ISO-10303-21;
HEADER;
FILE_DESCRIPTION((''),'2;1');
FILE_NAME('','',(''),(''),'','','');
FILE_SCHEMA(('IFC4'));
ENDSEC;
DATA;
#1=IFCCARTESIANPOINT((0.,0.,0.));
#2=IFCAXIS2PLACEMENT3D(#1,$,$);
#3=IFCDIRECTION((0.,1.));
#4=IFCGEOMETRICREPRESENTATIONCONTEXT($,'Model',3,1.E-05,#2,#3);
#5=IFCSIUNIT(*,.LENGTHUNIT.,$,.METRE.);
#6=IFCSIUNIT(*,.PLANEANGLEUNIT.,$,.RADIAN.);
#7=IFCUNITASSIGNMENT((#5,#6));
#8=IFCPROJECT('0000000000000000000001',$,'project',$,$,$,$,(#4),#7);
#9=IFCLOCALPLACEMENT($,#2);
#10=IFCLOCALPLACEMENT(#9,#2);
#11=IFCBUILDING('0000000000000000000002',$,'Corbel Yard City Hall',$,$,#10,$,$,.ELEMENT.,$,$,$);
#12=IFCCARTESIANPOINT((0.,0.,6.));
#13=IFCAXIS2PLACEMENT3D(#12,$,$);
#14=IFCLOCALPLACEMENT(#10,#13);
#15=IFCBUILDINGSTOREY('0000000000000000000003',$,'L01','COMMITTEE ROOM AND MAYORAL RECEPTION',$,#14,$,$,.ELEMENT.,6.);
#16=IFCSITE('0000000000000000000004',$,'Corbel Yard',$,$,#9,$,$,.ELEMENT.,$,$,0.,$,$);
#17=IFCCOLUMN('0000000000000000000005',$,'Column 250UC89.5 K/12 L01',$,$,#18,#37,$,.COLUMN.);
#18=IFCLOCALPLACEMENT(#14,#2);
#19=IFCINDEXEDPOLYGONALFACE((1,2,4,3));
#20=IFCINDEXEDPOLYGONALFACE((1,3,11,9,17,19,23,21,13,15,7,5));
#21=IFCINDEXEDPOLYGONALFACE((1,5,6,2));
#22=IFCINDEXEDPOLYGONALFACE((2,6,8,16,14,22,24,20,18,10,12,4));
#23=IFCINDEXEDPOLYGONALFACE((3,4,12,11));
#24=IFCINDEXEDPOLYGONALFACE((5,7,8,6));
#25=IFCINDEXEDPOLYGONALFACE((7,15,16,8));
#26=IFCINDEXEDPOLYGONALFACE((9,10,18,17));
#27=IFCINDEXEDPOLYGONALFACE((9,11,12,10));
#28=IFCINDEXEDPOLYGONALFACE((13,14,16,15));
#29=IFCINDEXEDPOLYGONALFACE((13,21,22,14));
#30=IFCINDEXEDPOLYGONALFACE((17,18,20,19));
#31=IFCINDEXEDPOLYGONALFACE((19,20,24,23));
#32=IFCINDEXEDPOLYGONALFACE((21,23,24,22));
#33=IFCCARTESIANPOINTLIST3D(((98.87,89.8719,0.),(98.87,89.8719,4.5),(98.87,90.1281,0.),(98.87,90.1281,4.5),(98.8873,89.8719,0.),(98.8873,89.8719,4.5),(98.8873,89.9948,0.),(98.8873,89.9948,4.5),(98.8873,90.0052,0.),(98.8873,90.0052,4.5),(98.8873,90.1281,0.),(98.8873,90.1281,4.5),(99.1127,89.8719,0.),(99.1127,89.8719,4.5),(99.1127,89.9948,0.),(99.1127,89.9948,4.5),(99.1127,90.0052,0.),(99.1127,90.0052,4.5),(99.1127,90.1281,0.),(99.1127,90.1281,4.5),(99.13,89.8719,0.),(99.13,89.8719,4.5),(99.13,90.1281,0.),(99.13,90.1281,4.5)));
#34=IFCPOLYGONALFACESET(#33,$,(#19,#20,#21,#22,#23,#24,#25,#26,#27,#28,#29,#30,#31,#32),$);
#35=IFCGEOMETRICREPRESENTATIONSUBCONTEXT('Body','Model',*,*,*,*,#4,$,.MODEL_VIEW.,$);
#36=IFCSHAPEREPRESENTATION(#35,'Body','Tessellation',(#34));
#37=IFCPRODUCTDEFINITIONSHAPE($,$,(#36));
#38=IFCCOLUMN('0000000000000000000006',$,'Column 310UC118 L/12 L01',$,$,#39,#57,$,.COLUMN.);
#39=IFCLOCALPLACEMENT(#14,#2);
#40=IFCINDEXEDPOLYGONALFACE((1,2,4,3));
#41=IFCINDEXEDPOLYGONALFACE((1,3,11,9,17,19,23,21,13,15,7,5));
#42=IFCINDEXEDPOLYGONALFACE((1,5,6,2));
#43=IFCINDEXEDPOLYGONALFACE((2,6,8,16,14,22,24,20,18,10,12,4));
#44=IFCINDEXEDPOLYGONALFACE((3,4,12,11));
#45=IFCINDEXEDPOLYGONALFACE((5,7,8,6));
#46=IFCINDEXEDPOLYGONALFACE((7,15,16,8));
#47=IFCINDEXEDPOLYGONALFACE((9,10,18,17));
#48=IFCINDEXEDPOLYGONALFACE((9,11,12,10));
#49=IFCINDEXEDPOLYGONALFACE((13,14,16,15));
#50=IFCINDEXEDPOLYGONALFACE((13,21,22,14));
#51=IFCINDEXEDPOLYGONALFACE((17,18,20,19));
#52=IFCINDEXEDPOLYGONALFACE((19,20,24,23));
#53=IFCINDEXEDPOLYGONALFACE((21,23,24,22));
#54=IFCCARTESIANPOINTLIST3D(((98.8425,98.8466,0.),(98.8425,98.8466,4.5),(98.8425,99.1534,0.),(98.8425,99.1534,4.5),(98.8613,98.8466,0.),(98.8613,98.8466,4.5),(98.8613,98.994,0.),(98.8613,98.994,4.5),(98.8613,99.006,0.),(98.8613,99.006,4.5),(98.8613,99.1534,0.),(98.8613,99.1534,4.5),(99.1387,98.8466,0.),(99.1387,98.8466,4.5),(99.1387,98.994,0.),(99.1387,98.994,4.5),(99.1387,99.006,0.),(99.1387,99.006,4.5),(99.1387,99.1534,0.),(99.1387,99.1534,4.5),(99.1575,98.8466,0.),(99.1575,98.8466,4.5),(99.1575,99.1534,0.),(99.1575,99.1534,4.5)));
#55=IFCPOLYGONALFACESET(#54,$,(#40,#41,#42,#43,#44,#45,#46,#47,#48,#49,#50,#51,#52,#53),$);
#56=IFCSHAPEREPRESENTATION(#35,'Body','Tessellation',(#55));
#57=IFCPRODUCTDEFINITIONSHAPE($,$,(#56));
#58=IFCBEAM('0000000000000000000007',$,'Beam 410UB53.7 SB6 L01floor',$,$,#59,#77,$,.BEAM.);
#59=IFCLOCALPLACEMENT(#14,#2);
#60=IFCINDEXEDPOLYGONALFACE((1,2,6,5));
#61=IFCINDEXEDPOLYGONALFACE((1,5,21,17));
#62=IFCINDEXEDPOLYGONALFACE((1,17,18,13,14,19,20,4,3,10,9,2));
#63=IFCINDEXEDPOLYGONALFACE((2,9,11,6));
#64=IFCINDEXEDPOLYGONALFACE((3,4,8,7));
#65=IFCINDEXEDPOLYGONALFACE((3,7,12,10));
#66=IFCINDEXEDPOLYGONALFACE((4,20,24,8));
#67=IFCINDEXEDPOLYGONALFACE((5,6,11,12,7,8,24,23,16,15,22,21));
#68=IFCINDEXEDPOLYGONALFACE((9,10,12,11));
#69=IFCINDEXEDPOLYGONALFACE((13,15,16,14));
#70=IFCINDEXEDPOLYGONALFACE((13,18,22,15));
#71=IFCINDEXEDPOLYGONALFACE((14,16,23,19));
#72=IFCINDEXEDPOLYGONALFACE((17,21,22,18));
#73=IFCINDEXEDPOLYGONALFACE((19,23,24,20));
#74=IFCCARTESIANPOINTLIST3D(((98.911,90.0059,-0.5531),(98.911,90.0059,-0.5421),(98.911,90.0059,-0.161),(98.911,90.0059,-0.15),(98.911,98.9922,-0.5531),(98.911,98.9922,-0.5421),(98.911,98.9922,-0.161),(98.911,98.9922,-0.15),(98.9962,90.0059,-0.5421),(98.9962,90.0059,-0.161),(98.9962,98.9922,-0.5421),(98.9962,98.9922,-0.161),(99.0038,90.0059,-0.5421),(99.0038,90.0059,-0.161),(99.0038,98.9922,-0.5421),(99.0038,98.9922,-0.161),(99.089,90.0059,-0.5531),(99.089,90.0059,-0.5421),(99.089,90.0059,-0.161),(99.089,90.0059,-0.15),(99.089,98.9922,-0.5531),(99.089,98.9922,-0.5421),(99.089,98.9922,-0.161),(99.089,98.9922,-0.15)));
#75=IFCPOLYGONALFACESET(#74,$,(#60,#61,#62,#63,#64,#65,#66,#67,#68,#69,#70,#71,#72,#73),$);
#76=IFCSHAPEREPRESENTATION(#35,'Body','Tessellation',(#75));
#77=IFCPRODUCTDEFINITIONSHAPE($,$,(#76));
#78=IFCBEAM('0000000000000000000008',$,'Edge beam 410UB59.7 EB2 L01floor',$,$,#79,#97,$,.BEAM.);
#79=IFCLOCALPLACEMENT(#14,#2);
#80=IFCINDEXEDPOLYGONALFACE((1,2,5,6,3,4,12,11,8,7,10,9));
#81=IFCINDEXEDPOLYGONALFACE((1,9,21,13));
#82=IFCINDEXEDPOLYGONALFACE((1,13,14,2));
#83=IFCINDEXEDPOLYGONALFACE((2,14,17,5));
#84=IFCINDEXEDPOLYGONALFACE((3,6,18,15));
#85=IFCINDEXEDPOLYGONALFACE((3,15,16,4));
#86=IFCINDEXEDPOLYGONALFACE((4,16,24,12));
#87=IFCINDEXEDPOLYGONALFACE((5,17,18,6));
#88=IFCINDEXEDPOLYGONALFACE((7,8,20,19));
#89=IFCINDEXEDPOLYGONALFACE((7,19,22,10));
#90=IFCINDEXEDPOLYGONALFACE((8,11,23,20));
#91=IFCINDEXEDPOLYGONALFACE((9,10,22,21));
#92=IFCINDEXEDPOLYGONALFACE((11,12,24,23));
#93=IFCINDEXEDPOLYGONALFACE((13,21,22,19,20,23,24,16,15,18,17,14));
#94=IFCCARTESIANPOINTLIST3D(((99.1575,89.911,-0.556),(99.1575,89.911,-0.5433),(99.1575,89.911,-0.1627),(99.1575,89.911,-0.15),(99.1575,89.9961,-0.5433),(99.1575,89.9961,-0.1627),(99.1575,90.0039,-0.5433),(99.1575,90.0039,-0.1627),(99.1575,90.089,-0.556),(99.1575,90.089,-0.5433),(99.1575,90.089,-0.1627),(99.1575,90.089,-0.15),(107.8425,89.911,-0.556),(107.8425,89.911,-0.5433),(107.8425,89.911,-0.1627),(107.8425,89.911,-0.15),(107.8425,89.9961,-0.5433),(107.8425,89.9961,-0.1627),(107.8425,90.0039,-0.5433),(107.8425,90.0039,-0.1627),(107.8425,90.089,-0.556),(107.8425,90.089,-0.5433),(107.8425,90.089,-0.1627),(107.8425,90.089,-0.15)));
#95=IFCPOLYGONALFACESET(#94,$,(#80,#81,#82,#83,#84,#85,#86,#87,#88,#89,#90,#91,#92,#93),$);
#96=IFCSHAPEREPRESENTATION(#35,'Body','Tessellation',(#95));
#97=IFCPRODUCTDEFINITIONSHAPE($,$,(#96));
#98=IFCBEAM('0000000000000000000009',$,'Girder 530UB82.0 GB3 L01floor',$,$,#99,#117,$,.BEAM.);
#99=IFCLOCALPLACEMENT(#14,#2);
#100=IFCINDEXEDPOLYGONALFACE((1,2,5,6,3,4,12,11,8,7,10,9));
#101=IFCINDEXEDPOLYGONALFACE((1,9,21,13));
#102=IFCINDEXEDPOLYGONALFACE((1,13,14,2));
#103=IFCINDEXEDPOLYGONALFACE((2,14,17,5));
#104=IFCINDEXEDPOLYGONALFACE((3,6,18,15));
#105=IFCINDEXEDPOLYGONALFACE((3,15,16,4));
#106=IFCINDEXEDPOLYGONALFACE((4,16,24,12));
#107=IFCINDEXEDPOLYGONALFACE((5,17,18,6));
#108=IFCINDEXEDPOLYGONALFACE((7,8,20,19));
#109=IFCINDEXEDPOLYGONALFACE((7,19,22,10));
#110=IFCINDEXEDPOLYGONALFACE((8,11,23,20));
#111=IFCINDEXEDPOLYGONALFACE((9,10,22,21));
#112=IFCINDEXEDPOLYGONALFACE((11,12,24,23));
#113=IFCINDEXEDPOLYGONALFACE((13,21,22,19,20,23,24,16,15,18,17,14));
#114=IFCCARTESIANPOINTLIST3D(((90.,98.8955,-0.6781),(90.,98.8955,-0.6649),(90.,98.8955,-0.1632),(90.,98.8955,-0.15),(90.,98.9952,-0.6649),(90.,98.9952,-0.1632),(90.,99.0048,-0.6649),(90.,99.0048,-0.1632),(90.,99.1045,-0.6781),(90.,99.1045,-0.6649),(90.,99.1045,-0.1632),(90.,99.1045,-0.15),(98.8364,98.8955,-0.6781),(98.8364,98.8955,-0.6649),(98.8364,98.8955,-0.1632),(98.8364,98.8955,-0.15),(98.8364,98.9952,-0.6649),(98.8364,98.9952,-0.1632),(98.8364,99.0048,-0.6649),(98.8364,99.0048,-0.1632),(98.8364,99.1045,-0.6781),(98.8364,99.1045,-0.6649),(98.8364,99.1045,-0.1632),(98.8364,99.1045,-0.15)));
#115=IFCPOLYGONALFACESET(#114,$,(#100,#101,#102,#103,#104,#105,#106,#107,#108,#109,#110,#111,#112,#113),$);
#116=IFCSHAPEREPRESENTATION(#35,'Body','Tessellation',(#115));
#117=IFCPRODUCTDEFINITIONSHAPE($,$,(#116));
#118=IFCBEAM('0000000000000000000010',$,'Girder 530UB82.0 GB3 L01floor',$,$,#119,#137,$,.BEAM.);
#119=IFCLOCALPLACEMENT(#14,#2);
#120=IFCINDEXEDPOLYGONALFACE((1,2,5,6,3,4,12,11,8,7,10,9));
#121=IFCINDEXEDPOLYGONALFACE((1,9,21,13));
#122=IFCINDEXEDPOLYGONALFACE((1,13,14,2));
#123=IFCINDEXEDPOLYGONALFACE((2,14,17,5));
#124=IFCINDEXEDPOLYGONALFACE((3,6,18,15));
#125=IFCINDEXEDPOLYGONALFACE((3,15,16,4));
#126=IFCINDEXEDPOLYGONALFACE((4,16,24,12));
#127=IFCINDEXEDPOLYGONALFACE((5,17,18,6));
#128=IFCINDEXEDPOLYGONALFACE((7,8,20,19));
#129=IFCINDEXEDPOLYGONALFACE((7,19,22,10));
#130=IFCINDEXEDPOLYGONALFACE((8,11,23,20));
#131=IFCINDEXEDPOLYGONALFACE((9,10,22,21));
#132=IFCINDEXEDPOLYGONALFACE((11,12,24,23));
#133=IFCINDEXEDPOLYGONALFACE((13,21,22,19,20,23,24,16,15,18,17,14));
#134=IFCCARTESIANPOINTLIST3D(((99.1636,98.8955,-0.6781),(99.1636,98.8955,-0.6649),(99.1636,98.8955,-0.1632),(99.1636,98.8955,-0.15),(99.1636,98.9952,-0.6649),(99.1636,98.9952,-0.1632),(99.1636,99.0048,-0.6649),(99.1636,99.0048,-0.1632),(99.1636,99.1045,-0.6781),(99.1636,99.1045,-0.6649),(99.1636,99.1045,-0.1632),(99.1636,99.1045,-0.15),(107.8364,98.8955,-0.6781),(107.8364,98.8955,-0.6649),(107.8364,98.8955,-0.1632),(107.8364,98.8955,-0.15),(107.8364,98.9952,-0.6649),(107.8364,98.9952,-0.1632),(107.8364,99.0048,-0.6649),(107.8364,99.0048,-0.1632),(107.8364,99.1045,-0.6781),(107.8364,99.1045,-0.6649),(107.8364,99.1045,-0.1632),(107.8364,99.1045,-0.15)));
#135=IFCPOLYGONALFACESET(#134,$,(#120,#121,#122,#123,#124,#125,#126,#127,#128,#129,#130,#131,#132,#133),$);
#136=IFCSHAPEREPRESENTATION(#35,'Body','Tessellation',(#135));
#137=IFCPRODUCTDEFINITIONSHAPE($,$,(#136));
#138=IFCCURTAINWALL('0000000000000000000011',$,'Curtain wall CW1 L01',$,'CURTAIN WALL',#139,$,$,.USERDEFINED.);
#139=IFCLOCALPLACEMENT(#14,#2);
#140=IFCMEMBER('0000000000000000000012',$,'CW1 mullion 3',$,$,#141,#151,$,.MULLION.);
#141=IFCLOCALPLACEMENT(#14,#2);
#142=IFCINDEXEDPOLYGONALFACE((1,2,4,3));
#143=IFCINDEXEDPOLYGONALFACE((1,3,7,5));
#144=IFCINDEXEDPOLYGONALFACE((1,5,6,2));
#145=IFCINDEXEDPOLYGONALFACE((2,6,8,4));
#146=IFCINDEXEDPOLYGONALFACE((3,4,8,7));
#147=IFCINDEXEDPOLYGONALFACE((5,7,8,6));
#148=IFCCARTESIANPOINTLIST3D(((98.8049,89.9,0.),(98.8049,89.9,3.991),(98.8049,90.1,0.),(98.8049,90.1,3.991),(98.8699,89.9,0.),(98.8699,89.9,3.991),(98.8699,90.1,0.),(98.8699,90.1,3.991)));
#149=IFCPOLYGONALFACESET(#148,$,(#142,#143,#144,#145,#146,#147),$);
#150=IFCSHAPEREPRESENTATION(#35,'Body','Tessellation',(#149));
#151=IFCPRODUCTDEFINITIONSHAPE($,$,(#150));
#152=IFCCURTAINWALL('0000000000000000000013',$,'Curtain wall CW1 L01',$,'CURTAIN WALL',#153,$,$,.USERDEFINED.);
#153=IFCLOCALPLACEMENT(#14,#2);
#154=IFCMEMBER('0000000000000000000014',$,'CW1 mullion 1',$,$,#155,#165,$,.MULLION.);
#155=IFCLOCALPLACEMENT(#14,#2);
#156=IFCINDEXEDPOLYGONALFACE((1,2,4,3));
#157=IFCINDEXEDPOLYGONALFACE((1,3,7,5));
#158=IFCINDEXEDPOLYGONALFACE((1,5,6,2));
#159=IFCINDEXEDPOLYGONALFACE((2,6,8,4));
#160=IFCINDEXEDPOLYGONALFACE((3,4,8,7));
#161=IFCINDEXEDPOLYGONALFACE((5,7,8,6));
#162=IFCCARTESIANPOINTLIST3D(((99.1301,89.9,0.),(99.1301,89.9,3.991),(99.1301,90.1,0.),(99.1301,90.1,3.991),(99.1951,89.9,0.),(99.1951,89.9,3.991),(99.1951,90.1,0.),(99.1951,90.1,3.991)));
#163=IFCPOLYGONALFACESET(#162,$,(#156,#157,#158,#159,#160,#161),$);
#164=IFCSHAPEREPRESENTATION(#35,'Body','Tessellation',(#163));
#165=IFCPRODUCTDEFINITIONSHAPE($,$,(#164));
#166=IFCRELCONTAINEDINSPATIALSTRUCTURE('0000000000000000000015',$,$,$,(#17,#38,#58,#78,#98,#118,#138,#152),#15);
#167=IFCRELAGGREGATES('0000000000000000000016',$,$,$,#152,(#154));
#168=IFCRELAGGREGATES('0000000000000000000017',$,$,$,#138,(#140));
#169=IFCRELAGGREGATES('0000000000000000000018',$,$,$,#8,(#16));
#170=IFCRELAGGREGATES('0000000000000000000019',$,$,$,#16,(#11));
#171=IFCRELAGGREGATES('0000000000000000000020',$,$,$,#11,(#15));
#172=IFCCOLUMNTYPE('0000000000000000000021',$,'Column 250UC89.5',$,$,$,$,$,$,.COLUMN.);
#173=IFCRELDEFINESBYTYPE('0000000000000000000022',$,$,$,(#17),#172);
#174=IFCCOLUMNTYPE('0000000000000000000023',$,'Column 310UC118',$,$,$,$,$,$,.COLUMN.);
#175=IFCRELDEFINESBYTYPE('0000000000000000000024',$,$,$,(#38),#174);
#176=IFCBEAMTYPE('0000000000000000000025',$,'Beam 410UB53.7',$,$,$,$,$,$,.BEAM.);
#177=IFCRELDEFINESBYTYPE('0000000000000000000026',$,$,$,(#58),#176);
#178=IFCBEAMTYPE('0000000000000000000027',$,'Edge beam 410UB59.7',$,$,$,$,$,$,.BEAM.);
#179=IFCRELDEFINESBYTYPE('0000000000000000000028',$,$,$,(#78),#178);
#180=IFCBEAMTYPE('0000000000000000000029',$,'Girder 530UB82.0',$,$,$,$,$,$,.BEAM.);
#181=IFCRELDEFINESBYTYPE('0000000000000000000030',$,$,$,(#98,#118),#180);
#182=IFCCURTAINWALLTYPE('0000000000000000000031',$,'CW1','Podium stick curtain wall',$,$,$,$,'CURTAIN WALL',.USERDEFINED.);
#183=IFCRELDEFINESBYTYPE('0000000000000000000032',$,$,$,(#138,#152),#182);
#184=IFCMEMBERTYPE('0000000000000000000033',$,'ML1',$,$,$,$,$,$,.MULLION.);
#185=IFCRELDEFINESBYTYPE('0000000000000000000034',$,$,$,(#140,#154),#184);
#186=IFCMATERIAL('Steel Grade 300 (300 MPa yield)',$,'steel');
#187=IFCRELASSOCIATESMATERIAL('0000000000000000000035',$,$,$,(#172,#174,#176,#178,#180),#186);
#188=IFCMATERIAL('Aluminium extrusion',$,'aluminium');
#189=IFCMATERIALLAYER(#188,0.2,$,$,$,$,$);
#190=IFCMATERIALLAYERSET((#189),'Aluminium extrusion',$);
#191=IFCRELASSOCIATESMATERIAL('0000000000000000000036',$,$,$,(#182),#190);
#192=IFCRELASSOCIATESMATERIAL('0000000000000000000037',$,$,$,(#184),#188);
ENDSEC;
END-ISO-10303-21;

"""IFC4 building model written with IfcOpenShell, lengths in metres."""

from ifc_helpers import new_model, si_unit, direction, frame, origin, origin_2d, place, context, subcontext, project, spatial, rectangle, i_section, extrude, material, layer, layer_set, material_profile, profile_set, type_object, element, aggregate, save


model = new_model("IFC4")

# Units and contexts
model_context = context("Model", 3, precision=1e-05, world=origin(), true_north=direction((0.0, 1.0)))
body_context = subcontext(model_context, "Body", "Model", "MODEL_VIEW")
ifc_project = project(units=[si_unit("LENGTHUNIT", "METRE"), si_unit("PLANEANGLEUNIT", "RADIAN")], contexts=[model_context])

# Site, building, storey
site_placement = place(None, origin())
site = spatial("IfcSite", under=ifc_project, at=site_placement, Name="Corbel Yard", CompositionType="ELEMENT", RefElevation=0.0)
building_placement = place(site_placement, origin())
building = spatial("IfcBuilding", under=site, at=building_placement, Name="Corbel Yard City Hall", CompositionType="ELEMENT")
storey_placement = place(building_placement, frame((0.0, 0.0, 6.0)))
storey = spatial("IfcBuildingStorey", under=building, at=storey_placement, Name="L01", Description="COMMITTEE ROOM AND MAYORAL RECEPTION", CompositionType="ELEMENT", Elevation=6.0)

# Columns
ifc_material_1 = material(Name="Steel Grade 300 (300 MPa yield)", Category="steel")
ifc_material_profile_1 = material_profile(ifc_material_1, i_section(OverallWidth=0.2561, OverallDepth=0.26, WebThickness=0.0105, FlangeThickness=0.0173, at=origin_2d()), Name="250UC89.5")
ifc_profile_set_1 = profile_set([ifc_material_profile_1], Name="Steel Grade 300 (300 MPa yield)")
column_type_1 = type_object("IfcColumnType", Name="Column 250UC89.5", PredefinedType="COLUMN", material=ifc_profile_set_1)
column_1_placement = place(storey_placement, frame((99.0, 90.0, 0.0), z_axis=(0.0, 0.0, 1.0), x_axis=(0.0, 1.0, 0.0)))
element("IfcColumn", 1, at=column_1_placement, inside=storey, type_object=column_type_1, Name="Column 250UC89.5 K/12 L01", PredefinedType="COLUMN", context=body_context, shape_type="SweptSolid", body=[
    extrude(i_section(OverallWidth=0.2561, OverallDepth=0.26, WebThickness=0.0105, FlangeThickness=0.0173, at=origin_2d()), origin(), (0.0, 0.0, 1.0), 4.5),
])
ifc_material_profile_2 = material_profile(ifc_material_1, i_section(OverallWidth=0.3069, OverallDepth=0.3149, WebThickness=0.012, FlangeThickness=0.0188, at=origin_2d()), Name="310UC118")
ifc_profile_set_2 = profile_set([ifc_material_profile_2], Name="Steel Grade 300 (300 MPa yield)")
column_type_2 = type_object("IfcColumnType", Name="Column 310UC118", PredefinedType="COLUMN", material=ifc_profile_set_2)
column_2_placement = place(storey_placement, frame((99.0, 99.0, 0.0), z_axis=(0.0, 0.0, 1.0), x_axis=(0.0, 1.0, 0.0)))
element("IfcColumn", 2, at=column_2_placement, inside=storey, type_object=column_type_2, Name="Column 310UC118 L/12 L01", PredefinedType="COLUMN", context=body_context, shape_type="SweptSolid", body=[
    extrude(i_section(OverallWidth=0.3069, OverallDepth=0.3149, WebThickness=0.012, FlangeThickness=0.0188, at=origin_2d()), origin(), (0.0, 0.0, 1.0), 4.5),
])

# Beams
ifc_material_profile_3 = material_profile(ifc_material_1, i_section(OverallWidth=0.178, OverallDepth=0.4031, WebThickness=0.0076, FlangeThickness=0.011, at=origin_2d()), Name="410UB53.7")
ifc_profile_set_3 = profile_set([ifc_material_profile_3], Name="Steel Grade 300 (300 MPa yield)")
beam_type_1 = type_object("IfcBeamType", Name="Beam 410UB53.7", PredefinedType="BEAM", material=ifc_profile_set_3)
beam_1_placement = place(storey_placement, frame((99.0, 90.0059, -0.3516), z_axis=(0.0, 1.0, 0.0), x_axis=(-1.0, 0.0, 0.0)))
element("IfcBeam", 3, at=beam_1_placement, inside=storey, type_object=beam_type_1, Name="Beam 410UB53.7 SB6 L01floor", PredefinedType="BEAM", context=body_context, shape_type="SweptSolid", body=[
    extrude(i_section(OverallWidth=0.178, OverallDepth=0.4031, WebThickness=0.0076, FlangeThickness=0.011, at=origin_2d()), origin(), (0.0, 0.0, 1.0), 8.9863),
])
ifc_material_profile_4 = material_profile(ifc_material_1, i_section(OverallWidth=0.178, OverallDepth=0.406, WebThickness=0.0078, FlangeThickness=0.0127, at=origin_2d()), Name="410UB59.7")
ifc_profile_set_4 = profile_set([ifc_material_profile_4], Name="Steel Grade 300 (300 MPa yield)")
beam_type_2 = type_object("IfcBeamType", Name="Edge beam 410UB59.7", PredefinedType="BEAM", material=ifc_profile_set_4)
beam_2_placement = place(storey_placement, frame((99.1575, 90.0, -0.353), z_axis=(1.0, 0.0, 0.0), x_axis=(0.0, 1.0, 0.0)))
element("IfcBeam", 4, at=beam_2_placement, inside=storey, type_object=beam_type_2, Name="Edge beam 410UB59.7 EB2 L01floor", PredefinedType="BEAM", context=body_context, shape_type="SweptSolid", body=[
    extrude(i_section(OverallWidth=0.178, OverallDepth=0.406, WebThickness=0.0078, FlangeThickness=0.0127, at=origin_2d()), origin(), (0.0, 0.0, 1.0), 8.6851),
])
ifc_material_profile_5 = material_profile(ifc_material_1, i_section(OverallWidth=0.209, OverallDepth=0.5281, WebThickness=0.0095, FlangeThickness=0.0132, at=origin_2d()), Name="530UB82.0")
ifc_profile_set_5 = profile_set([ifc_material_profile_5], Name="Steel Grade 300 (300 MPa yield)")
beam_type_3 = type_object("IfcBeamType", Name="Girder 530UB82.0", PredefinedType="BEAM", material=ifc_profile_set_5)
beam_3_placement = place(storey_placement, frame((90.0, 99.0, -0.4141), z_axis=(1.0, 0.0, 0.0), x_axis=(0.0, 1.0, 0.0)))
element("IfcBeam", 5, at=beam_3_placement, inside=storey, type_object=beam_type_3, Name="Girder 530UB82.0 GB3 L01floor", PredefinedType="BEAM", context=body_context, shape_type="SweptSolid", body=[
    extrude(i_section(OverallWidth=0.209, OverallDepth=0.5281, WebThickness=0.0095, FlangeThickness=0.0132, at=origin_2d()), origin(), (0.0, 0.0, 1.0), 8.8364),
])
beam_4_placement = place(storey_placement, frame((99.1636, 99.0, -0.4141), z_axis=(1.0, 0.0, 0.0), x_axis=(0.0, 1.0, 0.0)))
element("IfcBeam", 6, at=beam_4_placement, inside=storey, type_object=beam_type_3, Name="Girder 530UB82.0 GB3 L01floor", PredefinedType="BEAM", context=body_context, shape_type="SweptSolid", body=[
    extrude(i_section(OverallWidth=0.209, OverallDepth=0.5281, WebThickness=0.0095, FlangeThickness=0.0132, at=origin_2d()), origin(), (0.0, 0.0, 1.0), 8.6729),
])

# Curtain walls, members
ifc_material_2 = material(Name="Aluminium extrusion", Category="aluminium")
ifc_layer_1 = layer(ifc_material_2, 0.2)
ifc_layer_set_1 = layer_set([ifc_layer_1], Name="Aluminium extrusion")
curtain_wall_type = type_object("IfcCurtainWallType", Name="CW1", Description="Podium stick curtain wall", ElementType="CURTAIN WALL", PredefinedType="USERDEFINED", material=ifc_layer_set_1)
curtain_wall_1_placement = place(storey_placement, origin())
curtain_wall_1 = element("IfcCurtainWall", 7, at=curtain_wall_1_placement, inside=storey, type_object=curtain_wall_type, Name="Curtain wall CW1 L01", ObjectType="CURTAIN WALL", PredefinedType="USERDEFINED")
ifc_material_profile_6 = material_profile(ifc_material_2, rectangle(XDim=0.2, YDim=0.0649, at=origin_2d()), Name="200x65")
ifc_profile_set_6 = profile_set([ifc_material_profile_6], Name="Aluminium extrusion")
member_type_1 = type_object("IfcMemberType", Name="ML1", PredefinedType="MULLION", material=ifc_profile_set_6)
member_1_placement = place(storey_placement, frame((98.8374, 90.0, 0.0), z_axis=(0.0, 0.0, 1.0), x_axis=(0.0, 1.0, 0.0)))
member_1 = element("IfcMember", 8, at=member_1_placement, type_object=member_type_1, Name="CW1 mullion 3", PredefinedType="MULLION", context=body_context, shape_type="SweptSolid", body=[
    extrude(rectangle(XDim=0.2, YDim=0.0649, at=origin_2d()), origin(), (0.0, 0.0, 1.0), 3.991),
])
curtain_wall_2_placement = place(storey_placement, origin())
curtain_wall_2 = element("IfcCurtainWall", 9, at=curtain_wall_2_placement, inside=storey, type_object=curtain_wall_type, Name="Curtain wall CW1 L01", ObjectType="CURTAIN WALL", PredefinedType="USERDEFINED")
member_2_placement = place(storey_placement, frame((99.1626, 90.0, 0.0), z_axis=(0.0, 0.0, 1.0), x_axis=(0.0, 1.0, 0.0)))
member_2 = element("IfcMember", 10, at=member_2_placement, type_object=member_type_1, Name="CW1 mullion 1", PredefinedType="MULLION", context=body_context, shape_type="SweptSolid", body=[
    extrude(rectangle(XDim=0.2, YDim=0.0649, at=origin_2d()), origin(), (0.0, 0.0, 1.0), 3.991),
])

aggregate(curtain_wall_2, [member_2])

aggregate(curtain_wall_1, [member_1])

save(model, "model.ifc")
